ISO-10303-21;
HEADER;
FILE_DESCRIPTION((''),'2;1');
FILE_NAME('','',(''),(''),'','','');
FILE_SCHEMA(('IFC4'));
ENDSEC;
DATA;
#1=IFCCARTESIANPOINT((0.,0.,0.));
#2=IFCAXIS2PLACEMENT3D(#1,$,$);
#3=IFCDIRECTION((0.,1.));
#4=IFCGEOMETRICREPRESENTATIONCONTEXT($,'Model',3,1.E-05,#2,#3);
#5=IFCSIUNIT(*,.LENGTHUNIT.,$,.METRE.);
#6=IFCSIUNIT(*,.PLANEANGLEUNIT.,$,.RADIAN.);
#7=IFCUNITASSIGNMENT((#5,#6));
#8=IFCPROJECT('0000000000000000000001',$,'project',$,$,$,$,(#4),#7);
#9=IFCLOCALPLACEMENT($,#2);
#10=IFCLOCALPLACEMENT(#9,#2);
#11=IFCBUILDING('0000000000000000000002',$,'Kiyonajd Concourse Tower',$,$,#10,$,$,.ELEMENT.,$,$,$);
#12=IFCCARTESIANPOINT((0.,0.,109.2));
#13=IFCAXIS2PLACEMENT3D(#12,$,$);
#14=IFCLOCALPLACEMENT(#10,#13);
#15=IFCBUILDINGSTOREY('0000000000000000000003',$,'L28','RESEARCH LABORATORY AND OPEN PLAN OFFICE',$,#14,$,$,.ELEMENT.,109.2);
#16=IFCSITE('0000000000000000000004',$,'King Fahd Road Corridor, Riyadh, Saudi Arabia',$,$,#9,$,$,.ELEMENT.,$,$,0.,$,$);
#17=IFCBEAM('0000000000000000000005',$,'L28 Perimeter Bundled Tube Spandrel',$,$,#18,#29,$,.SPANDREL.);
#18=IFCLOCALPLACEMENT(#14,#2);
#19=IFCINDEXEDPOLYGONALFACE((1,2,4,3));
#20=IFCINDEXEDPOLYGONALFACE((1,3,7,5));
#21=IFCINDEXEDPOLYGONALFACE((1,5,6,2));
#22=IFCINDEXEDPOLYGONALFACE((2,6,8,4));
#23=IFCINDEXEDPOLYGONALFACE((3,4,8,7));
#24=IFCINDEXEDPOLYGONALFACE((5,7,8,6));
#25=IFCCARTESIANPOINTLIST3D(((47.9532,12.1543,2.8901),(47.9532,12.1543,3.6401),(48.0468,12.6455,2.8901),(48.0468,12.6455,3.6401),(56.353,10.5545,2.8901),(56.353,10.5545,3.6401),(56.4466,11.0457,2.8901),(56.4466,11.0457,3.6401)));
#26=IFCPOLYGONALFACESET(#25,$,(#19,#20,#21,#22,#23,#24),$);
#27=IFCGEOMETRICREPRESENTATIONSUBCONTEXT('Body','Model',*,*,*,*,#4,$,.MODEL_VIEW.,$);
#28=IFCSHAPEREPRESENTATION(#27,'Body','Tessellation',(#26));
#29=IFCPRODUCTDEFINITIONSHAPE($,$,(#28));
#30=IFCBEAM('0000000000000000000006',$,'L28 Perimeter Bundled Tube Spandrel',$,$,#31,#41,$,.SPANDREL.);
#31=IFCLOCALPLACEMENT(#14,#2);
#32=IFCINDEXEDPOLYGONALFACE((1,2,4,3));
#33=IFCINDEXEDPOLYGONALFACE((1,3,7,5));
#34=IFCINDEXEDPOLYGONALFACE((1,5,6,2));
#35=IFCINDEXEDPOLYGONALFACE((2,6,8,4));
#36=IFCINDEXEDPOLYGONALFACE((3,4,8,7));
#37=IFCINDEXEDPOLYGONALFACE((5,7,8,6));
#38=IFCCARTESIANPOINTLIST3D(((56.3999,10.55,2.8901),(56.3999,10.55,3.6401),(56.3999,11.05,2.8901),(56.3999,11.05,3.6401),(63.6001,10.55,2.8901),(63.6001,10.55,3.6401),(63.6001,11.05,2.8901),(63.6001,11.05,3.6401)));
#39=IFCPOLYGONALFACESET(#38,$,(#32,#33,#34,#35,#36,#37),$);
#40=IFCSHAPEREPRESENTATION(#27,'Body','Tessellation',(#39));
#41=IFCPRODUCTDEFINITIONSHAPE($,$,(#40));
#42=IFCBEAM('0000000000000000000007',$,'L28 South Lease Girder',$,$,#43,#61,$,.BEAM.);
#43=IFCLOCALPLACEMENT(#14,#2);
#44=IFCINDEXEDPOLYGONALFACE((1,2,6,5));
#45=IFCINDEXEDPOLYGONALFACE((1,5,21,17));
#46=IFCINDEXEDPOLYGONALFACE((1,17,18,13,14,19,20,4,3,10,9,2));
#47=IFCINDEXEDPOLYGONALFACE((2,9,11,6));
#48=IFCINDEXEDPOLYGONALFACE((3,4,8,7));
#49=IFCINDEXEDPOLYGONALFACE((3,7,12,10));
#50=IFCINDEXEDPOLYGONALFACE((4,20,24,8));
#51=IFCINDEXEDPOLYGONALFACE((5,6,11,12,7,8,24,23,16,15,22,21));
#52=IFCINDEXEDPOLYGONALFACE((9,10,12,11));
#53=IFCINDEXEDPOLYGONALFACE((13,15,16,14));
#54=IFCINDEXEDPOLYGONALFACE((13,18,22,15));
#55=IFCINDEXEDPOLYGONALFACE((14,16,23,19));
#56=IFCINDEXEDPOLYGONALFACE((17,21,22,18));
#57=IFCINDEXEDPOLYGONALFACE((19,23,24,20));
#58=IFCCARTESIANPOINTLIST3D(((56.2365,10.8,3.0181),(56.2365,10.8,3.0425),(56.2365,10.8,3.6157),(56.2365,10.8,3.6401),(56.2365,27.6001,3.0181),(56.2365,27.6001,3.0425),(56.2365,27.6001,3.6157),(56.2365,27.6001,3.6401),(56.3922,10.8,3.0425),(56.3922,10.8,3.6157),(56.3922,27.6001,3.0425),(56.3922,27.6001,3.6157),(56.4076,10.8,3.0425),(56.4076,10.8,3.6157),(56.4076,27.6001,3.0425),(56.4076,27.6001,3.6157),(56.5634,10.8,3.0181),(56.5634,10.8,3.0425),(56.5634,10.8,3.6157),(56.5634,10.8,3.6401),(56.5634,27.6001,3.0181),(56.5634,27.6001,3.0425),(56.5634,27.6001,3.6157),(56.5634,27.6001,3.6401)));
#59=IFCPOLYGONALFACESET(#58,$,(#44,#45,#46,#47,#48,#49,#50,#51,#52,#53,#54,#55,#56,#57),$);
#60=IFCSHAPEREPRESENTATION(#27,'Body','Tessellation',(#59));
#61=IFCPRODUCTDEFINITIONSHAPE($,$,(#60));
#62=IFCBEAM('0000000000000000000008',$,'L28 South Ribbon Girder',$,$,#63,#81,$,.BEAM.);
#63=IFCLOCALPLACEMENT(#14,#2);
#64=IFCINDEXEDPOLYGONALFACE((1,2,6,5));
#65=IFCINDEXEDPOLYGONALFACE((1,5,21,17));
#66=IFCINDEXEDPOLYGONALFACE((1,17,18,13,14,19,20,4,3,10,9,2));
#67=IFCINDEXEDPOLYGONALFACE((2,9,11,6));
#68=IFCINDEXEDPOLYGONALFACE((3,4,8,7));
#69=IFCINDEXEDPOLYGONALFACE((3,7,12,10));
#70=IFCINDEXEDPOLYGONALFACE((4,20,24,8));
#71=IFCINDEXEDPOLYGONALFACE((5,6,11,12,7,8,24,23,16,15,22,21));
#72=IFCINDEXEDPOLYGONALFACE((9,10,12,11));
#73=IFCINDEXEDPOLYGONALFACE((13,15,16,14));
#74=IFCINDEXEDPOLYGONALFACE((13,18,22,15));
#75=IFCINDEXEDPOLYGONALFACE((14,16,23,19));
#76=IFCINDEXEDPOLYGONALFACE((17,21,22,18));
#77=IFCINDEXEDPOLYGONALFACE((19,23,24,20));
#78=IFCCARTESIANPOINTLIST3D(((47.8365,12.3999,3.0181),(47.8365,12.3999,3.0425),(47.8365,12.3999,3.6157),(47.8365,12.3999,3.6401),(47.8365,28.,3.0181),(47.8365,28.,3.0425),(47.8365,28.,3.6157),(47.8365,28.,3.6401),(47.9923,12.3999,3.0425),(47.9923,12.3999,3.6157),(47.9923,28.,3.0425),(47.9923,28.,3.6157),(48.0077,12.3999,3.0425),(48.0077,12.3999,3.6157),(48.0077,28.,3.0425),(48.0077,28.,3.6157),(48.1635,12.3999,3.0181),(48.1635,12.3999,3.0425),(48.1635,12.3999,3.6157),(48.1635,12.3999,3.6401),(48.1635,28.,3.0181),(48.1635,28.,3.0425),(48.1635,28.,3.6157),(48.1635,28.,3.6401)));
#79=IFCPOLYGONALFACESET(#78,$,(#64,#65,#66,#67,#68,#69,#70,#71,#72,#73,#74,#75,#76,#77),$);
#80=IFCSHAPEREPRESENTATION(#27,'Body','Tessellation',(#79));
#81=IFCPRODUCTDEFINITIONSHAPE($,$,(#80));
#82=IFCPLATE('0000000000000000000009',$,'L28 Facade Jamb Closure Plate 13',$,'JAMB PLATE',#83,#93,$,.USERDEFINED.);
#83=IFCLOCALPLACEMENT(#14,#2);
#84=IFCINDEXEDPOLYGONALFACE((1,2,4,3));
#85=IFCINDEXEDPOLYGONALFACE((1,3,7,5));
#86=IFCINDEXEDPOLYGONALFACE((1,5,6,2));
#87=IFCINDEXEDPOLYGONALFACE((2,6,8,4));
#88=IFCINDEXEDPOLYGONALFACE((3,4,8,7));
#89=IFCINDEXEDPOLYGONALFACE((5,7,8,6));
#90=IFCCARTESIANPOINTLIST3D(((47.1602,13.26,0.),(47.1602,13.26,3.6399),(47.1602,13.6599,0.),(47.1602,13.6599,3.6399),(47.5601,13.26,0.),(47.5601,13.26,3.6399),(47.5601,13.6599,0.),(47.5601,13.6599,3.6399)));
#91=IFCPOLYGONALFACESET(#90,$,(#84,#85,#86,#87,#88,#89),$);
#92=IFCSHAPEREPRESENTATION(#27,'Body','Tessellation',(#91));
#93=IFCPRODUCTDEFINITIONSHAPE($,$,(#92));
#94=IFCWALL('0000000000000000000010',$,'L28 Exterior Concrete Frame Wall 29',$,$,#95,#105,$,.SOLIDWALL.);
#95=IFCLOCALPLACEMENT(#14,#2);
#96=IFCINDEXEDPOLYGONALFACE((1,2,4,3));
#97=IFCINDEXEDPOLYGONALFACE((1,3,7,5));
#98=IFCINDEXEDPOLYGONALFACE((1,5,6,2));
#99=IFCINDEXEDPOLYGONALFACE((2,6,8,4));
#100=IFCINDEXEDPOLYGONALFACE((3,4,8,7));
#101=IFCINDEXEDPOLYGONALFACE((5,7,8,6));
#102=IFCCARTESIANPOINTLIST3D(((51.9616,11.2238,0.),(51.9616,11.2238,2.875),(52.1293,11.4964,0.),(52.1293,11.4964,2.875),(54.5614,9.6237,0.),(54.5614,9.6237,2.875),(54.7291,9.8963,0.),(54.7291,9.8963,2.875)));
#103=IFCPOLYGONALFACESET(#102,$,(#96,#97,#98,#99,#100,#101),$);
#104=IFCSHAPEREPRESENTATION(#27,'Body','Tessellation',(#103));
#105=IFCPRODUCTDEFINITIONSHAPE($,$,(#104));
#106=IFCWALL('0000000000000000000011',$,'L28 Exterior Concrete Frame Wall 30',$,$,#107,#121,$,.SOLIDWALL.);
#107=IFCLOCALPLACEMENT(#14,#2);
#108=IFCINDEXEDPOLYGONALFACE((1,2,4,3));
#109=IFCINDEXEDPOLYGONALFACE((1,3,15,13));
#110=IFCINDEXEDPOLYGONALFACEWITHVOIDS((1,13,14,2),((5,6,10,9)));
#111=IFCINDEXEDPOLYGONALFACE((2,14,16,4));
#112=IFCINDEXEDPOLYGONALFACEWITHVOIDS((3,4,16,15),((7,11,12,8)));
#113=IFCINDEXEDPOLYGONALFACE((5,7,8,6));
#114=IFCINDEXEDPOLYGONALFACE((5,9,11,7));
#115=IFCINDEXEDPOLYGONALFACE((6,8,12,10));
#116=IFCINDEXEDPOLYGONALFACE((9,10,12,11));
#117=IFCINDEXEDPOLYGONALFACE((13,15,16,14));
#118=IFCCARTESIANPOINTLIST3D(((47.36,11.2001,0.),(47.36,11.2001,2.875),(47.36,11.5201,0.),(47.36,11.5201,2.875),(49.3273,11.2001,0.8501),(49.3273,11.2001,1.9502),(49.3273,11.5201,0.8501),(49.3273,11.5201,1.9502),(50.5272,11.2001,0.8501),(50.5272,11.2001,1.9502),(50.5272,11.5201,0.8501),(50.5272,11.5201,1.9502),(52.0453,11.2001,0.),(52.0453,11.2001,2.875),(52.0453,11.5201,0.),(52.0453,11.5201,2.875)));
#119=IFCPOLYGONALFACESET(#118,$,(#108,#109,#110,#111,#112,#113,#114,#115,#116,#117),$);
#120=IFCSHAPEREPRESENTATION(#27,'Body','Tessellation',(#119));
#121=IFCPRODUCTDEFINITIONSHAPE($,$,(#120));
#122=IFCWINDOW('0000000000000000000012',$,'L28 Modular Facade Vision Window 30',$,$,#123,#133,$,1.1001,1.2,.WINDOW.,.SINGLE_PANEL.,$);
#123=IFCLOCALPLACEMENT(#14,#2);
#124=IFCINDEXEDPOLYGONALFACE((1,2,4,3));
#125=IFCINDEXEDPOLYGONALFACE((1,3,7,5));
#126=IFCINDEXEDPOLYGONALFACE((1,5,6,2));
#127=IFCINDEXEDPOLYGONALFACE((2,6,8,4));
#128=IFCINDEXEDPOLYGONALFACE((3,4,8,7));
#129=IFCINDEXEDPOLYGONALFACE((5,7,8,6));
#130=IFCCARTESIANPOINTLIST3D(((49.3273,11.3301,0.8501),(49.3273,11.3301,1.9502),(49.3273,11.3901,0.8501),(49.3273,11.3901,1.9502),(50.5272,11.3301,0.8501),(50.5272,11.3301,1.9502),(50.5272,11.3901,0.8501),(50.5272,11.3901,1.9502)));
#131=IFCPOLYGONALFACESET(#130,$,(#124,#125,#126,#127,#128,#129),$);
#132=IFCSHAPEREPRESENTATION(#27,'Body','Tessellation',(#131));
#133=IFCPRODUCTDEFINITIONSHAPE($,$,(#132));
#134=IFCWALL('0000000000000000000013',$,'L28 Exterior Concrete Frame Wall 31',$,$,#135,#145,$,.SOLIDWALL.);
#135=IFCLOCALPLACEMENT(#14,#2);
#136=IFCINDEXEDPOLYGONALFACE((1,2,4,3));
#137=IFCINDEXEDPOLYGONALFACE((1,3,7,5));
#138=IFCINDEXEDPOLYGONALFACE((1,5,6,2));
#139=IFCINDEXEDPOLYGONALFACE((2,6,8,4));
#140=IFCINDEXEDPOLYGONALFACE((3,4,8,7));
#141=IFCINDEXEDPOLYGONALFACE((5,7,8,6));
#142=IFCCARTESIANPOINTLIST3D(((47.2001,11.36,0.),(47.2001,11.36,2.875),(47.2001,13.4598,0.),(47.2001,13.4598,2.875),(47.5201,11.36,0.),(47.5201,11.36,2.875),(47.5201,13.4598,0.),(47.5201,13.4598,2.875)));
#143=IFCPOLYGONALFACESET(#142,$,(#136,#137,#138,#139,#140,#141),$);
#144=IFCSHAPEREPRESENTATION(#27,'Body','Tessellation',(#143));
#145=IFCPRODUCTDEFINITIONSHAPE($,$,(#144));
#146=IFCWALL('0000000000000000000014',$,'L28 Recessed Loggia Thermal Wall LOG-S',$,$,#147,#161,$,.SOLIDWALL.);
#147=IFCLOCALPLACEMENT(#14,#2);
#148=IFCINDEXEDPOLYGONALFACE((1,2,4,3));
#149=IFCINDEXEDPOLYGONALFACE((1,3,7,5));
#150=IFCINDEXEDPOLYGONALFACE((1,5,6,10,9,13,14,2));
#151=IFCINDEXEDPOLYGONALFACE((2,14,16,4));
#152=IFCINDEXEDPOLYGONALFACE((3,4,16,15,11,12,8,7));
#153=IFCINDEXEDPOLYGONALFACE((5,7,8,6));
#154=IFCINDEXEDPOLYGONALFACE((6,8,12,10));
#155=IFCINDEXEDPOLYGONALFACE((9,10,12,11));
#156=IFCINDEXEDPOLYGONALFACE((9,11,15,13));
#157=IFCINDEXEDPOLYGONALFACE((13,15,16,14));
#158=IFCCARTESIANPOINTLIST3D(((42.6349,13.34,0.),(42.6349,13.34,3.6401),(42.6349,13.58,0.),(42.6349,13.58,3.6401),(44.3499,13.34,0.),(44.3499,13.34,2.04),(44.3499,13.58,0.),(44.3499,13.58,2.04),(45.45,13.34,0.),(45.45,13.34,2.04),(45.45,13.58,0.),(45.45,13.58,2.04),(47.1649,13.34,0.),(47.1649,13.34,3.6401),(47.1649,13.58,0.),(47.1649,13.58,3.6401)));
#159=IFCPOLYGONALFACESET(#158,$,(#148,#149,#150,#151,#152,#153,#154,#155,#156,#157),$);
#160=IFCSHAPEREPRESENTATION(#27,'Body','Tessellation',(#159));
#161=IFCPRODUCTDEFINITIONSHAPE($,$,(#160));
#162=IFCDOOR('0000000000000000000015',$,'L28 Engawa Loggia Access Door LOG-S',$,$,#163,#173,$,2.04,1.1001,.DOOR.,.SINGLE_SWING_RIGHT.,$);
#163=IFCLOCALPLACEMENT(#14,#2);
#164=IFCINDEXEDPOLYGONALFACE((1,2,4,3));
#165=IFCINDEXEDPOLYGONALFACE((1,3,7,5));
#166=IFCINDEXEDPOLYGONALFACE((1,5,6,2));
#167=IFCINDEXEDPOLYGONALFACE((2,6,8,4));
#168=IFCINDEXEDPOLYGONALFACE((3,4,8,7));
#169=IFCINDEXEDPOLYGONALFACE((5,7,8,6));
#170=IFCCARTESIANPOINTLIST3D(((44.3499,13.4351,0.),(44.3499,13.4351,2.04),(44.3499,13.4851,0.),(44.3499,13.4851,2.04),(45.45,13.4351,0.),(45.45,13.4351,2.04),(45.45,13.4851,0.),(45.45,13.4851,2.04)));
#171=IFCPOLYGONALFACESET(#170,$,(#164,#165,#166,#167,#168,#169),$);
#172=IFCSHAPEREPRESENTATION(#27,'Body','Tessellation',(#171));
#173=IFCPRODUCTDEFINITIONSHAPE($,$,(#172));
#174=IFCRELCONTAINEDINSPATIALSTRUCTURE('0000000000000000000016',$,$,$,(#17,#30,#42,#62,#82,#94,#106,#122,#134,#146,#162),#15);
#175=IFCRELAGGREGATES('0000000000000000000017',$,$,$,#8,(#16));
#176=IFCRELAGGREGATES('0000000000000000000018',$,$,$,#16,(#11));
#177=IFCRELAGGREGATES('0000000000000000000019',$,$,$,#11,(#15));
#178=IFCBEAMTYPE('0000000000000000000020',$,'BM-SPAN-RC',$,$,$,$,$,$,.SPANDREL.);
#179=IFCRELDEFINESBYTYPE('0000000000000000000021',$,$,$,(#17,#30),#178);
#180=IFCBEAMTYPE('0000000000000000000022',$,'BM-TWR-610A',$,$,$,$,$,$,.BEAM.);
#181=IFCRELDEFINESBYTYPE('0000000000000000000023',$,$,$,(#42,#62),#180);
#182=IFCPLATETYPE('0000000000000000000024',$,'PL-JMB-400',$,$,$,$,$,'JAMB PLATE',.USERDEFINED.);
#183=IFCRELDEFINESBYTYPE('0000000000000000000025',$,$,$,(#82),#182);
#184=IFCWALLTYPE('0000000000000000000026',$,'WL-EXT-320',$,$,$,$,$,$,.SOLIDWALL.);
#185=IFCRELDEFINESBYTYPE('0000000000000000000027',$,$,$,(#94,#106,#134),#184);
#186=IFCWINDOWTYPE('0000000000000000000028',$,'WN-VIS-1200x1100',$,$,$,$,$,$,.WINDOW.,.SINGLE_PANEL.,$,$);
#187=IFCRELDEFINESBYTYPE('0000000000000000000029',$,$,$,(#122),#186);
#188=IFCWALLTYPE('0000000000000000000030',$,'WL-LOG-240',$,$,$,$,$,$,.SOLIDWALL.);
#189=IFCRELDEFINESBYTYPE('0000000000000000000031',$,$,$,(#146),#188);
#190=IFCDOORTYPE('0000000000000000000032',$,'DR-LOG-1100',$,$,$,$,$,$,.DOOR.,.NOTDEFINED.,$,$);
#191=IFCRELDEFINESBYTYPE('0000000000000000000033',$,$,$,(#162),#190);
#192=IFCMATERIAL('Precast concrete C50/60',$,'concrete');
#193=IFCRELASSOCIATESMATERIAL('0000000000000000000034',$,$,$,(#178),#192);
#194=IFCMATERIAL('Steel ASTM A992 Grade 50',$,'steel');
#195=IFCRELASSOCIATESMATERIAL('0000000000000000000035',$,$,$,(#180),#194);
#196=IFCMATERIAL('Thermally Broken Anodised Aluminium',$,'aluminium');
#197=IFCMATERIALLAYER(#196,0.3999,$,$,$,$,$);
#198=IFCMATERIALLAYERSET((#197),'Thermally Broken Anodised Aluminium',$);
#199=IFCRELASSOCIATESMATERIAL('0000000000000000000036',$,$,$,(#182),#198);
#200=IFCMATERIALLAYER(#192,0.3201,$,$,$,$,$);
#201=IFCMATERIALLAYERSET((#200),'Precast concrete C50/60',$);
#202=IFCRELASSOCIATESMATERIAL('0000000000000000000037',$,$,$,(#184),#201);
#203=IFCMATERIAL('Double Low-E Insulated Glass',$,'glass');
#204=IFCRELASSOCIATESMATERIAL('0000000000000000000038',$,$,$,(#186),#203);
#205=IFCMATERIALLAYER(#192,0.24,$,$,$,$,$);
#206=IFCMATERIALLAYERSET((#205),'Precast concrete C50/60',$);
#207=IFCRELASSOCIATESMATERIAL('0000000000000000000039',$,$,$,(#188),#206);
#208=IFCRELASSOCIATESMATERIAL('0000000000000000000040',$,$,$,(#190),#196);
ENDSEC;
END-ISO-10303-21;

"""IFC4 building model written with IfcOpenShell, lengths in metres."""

from ifc_helpers import new_model, si_unit, direction, frame, frame_2d, origin, origin_2d, place, context, subcontext, project, spatial, rectangle, i_section, extrude, material, layer, layer_set, material_profile, profile_set, type_object, element, fill, save


model = new_model("IFC4")

# Units and contexts
model_context = context("Model", 3, precision=1e-05, world=origin(), true_north=direction((0.0, 1.0)))
body_context = subcontext(model_context, "Body", "Model", "MODEL_VIEW")
ifc_project = project(units=[si_unit("LENGTHUNIT", "METRE"), si_unit("PLANEANGLEUNIT", "RADIAN")], contexts=[model_context])

# Site, building, storey
site_placement = place(None, origin())
site = spatial("IfcSite", under=ifc_project, at=site_placement, Name="King Fahd Road Corridor, Riyadh, Saudi Arabia", CompositionType="ELEMENT", RefElevation=0.0)
building_placement = place(site_placement, origin())
building = spatial("IfcBuilding", under=site, at=building_placement, Name="Kiyonajd Concourse Tower", CompositionType="ELEMENT")
storey_placement = place(building_placement, frame((0.0, 0.0, 109.2)))
storey = spatial("IfcBuildingStorey", under=building, at=storey_placement, Name="L28", Description="RESEARCH LABORATORY AND OPEN PLAN OFFICE", CompositionType="ELEMENT", Elevation=109.2)

# Beams
ifc_material_1 = material(Name="Steel ASTM A992 Grade 50", Category="steel")
ifc_material_2 = material(Name="Precast concrete C50/60", Category="concrete")
ifc_material_profile_1 = material_profile(ifc_material_2, rectangle(XDim=0.5, YDim=0.75, at=origin_2d()), Name="RCBM-500x750")
ifc_profile_set_1 = profile_set([ifc_material_profile_1], Name="Precast concrete C50/60")
beam_type_1 = type_object("IfcBeamType", Name="BM-SPAN-RC", PredefinedType="SPANDREL", material=ifc_profile_set_1)
beam_1_placement = place(storey_placement, frame((48.0, 12.3999, 3.2651), z_axis=(0.982341, -0.187098, 0.0), x_axis=(0.187098, 0.982341, 0.0)))
element("IfcBeam", 1, at=beam_1_placement, inside=storey, type_object=beam_type_1, Name="L28 Perimeter Bundled Tube Spandrel", PredefinedType="SPANDREL", context=body_context, shape_type="SweptSolid", body=[
    extrude(rectangle(XDim=0.5, YDim=0.75, at=origin_2d()), origin(), (0.0, 0.0, 1.0), 8.5508),
])
beam_2_placement = place(storey_placement, frame((56.3999, 10.8, 3.2651), z_axis=(1.0, 0.0, 0.0), x_axis=(0.0, 1.0, 0.0)))
element("IfcBeam", 2, at=beam_2_placement, inside=storey, type_object=beam_type_1, Name="L28 Perimeter Bundled Tube Spandrel", PredefinedType="SPANDREL", context=body_context, shape_type="SweptSolid", body=[
    extrude(rectangle(XDim=0.5, YDim=0.75, at=origin_2d()), origin(), (0.0, 0.0, 1.0), 7.2002),
])
ifc_material_profile_2 = material_profile(ifc_material_1, i_section(OverallWidth=0.3269, OverallDepth=0.6221, WebThickness=0.0154, FlangeThickness=0.0244, at=origin_2d()), Name="W610X195")
ifc_profile_set_2 = profile_set([ifc_material_profile_2], Name="Steel ASTM A992 Grade 50")
beam_type_2 = type_object("IfcBeamType", Name="BM-TWR-610A", PredefinedType="BEAM", material=ifc_profile_set_2)
beam_3_placement = place(storey_placement, frame((56.3999, 10.8, 3.3291), z_axis=(0.0, 1.0, 0.0), x_axis=(-1.0, 0.0, 0.0)))
element("IfcBeam", 3, at=beam_3_placement, inside=storey, type_object=beam_type_2, Name="L28 South Lease Girder", PredefinedType="BEAM", context=body_context, shape_type="SweptSolid", body=[
    extrude(i_section(OverallWidth=0.3269, OverallDepth=0.6221, WebThickness=0.0154, FlangeThickness=0.0244, at=origin_2d()), origin(), (0.0, 0.0, 1.0), 16.8),
])
beam_4_placement = place(storey_placement, frame((48.0, 12.3999, 3.3291), z_axis=(0.0, 1.0, 0.0), x_axis=(-1.0, 0.0, 0.0)))
element("IfcBeam", 4, at=beam_4_placement, inside=storey, type_object=beam_type_2, Name="L28 South Ribbon Girder", PredefinedType="BEAM", context=body_context, shape_type="SweptSolid", body=[
    extrude(i_section(OverallWidth=0.3269, OverallDepth=0.6221, WebThickness=0.0154, FlangeThickness=0.0244, at=origin_2d()), origin(), (0.0, 0.0, 1.0), 15.6001),
])

# Plate
ifc_material_3 = material(Name="Thermally Broken Anodised Aluminium", Category="aluminium")
ifc_layer_1 = layer(ifc_material_3, 0.3999)
ifc_layer_set_1 = layer_set([ifc_layer_1], Name="Thermally Broken Anodised Aluminium")
plate_type = type_object("IfcPlateType", Name="PL-JMB-400", ElementType="JAMB PLATE", PredefinedType="USERDEFINED", material=ifc_layer_set_1)
plate_placement = place(storey_placement, frame((47.3601, 13.46, 0.0), z_axis=(0.0, 0.0, 1.0), x_axis=(1.0, 0.0, 0.0)))
element("IfcPlate", 5, at=plate_placement, inside=storey, type_object=plate_type, Name="L28 Facade Jamb Closure Plate 13", ObjectType="JAMB PLATE", PredefinedType="USERDEFINED", context=body_context, shape_type="SweptSolid", body=[
    extrude(rectangle(XDim=0.3999, YDim=0.3999, at=origin_2d()), origin(), (0.0, 0.0, 1.0), 3.6399),
])

# Wall
ifc_layer_2 = layer(ifc_material_2, 0.3201)
ifc_layer_set_2 = layer_set([ifc_layer_2], Name="Precast concrete C50/60")
wall_type_1 = type_object("IfcWallType", Name="WL-EXT-320", PredefinedType="SOLIDWALL", material=ifc_layer_set_2)
wall_1_placement = place(storey_placement, frame((54.6453, 9.76, 0.0), z_axis=(0.0, 0.0, 1.0), x_axis=(-0.851631, 0.524142, 0.0)))
element("IfcWall", 6, at=wall_1_placement, inside=storey, type_object=wall_type_1, Name="L28 Exterior Concrete Frame Wall 29", PredefinedType="SOLIDWALL", context=body_context, shape_type="SweptSolid", body=[
    extrude(rectangle(XDim=3.0527, YDim=0.3201, at=frame_2d((1.5264, 0.0))), origin(), (0.0, 0.0, 1.0), 2.875),
])

# Wall, opening, window
wall_2_placement = place(storey_placement, frame((52.0454, 11.3601, 0.0), z_axis=(0.0, 0.0, 1.0), x_axis=(-1.0, 0.0, 0.0)))
wall_2 = element("IfcWall", 7, at=wall_2_placement, inside=storey, type_object=wall_type_1, Name="L28 Exterior Concrete Frame Wall 30", PredefinedType="SOLIDWALL", context=body_context, shape_type="SweptSolid", body=[
    extrude(rectangle(XDim=4.6853, YDim=0.3201, at=frame_2d((2.3428, 0.0))), origin(), (0.0, 0.0, 1.0), 2.875),
])
opening_1_placement = place(wall_2_placement, frame((1.5181, 0.0, 0.8501)))
opening_1 = element("IfcOpeningElement", 8, at=opening_1_placement, cuts=wall_2, PredefinedType="OPENING", context=body_context, shape_type="SweptSolid", body=[
    extrude(rectangle(XDim=1.2, YDim=1.1001, at=frame_2d((0.6001, 0.55))), frame((0.0, 0.1699, 0.0), z_axis=(0.0, -1.0, 0.0), x_axis=(1.0, 0.0, 0.0)), (0.0, 0.0, 1.0), 0.3401),
])
ifc_material_4 = material(Name="Double Low-E Insulated Glass", Category="glass")
window_type = type_object("IfcWindowType", Name="WN-VIS-1200x1100", PartitioningType="SINGLE_PANEL", PredefinedType="WINDOW", material=ifc_material_4)
window_placement = place(opening_1_placement, origin())
window = element("IfcWindow", 9, at=window_placement, inside=storey, type_object=window_type, Name="L28 Modular Facade Vision Window 30", OverallHeight=1.1001, OverallWidth=1.2, PartitioningType="SINGLE_PANEL", PredefinedType="WINDOW", context=body_context, shape_type="SweptSolid", body=[
    extrude(rectangle(XDim=1.2, YDim=1.1001, at=frame_2d((0.6001, 0.55))), frame((0.0, 0.03, 0.0), z_axis=(0.0, -1.0, 0.0), x_axis=(1.0, 0.0, 0.0)), (0.0, 0.0, 1.0), 0.0601),
])
fill(opening_1, window)

# Wall
wall_3_placement = place(storey_placement, frame((47.3601, 11.3601, 0.0), z_axis=(0.0, 0.0, 1.0), x_axis=(0.0, 1.0, 0.0)))
element("IfcWall", 10, at=wall_3_placement, inside=storey, type_object=wall_type_1, Name="L28 Exterior Concrete Frame Wall 31", PredefinedType="SOLIDWALL", context=body_context, shape_type="SweptSolid", body=[
    extrude(rectangle(XDim=2.0999, YDim=0.3201, at=frame_2d((1.0498, 0.0))), origin(), (0.0, 0.0, 1.0), 2.875),
])

# Wall, opening, door
ifc_layer_3 = layer(ifc_material_2, 0.24)
ifc_layer_set_3 = layer_set([ifc_layer_3], Name="Precast concrete C50/60")
wall_type_2 = type_object("IfcWallType", Name="WL-LOG-240", PredefinedType="SOLIDWALL", material=ifc_layer_set_3)
wall_4_placement = place(storey_placement, frame((47.165, 13.46, 0.0), z_axis=(0.0, 0.0, 1.0), x_axis=(-1.0, 0.0, 0.0)))
wall_4 = element("IfcWall", 11, at=wall_4_placement, inside=storey, type_object=wall_type_2, Name="L28 Recessed Loggia Thermal Wall LOG-S", PredefinedType="SOLIDWALL", context=body_context, shape_type="SweptSolid", body=[
    extrude(rectangle(XDim=4.53, YDim=0.24, at=frame_2d((2.2651, 0.0))), origin(), (0.0, 0.0, 1.0), 3.6401),
])
opening_2_placement = place(wall_4_placement, frame((1.7151, 0.0, 0.0)))
opening_2 = element("IfcOpeningElement", 12, at=opening_2_placement, cuts=wall_4, PredefinedType="OPENING", context=body_context, shape_type="SweptSolid", body=[
    extrude(rectangle(XDim=1.1001, YDim=2.04, at=frame_2d((0.55, 1.02))), frame((0.0, 0.1299, 0.0), z_axis=(0.0, -1.0, 0.0), x_axis=(1.0, 0.0, 0.0)), (0.0, 0.0, 1.0), 0.26),
])
door_type = type_object("IfcDoorType", Name="DR-LOG-1100", OperationType="NOTDEFINED", PredefinedType="DOOR", material=ifc_material_3)
door_placement = place(opening_2_placement, origin())
door = element("IfcDoor", 13, at=door_placement, inside=storey, type_object=door_type, Name="L28 Engawa Loggia Access Door LOG-S", OperationType="SINGLE_SWING_RIGHT", OverallHeight=2.04, OverallWidth=1.1001, PredefinedType="DOOR", context=body_context, shape_type="SweptSolid", body=[
    extrude(rectangle(XDim=1.1001, YDim=2.04, at=frame_2d((0.55, 1.02))), frame((0.0, 0.0249, 0.0), z_axis=(0.0, -1.0, 0.0), x_axis=(1.0, 0.0, 0.0)), (0.0, 0.0, 1.0), 0.05),
])
fill(opening_2, door)

save(model, "model.ifc")
